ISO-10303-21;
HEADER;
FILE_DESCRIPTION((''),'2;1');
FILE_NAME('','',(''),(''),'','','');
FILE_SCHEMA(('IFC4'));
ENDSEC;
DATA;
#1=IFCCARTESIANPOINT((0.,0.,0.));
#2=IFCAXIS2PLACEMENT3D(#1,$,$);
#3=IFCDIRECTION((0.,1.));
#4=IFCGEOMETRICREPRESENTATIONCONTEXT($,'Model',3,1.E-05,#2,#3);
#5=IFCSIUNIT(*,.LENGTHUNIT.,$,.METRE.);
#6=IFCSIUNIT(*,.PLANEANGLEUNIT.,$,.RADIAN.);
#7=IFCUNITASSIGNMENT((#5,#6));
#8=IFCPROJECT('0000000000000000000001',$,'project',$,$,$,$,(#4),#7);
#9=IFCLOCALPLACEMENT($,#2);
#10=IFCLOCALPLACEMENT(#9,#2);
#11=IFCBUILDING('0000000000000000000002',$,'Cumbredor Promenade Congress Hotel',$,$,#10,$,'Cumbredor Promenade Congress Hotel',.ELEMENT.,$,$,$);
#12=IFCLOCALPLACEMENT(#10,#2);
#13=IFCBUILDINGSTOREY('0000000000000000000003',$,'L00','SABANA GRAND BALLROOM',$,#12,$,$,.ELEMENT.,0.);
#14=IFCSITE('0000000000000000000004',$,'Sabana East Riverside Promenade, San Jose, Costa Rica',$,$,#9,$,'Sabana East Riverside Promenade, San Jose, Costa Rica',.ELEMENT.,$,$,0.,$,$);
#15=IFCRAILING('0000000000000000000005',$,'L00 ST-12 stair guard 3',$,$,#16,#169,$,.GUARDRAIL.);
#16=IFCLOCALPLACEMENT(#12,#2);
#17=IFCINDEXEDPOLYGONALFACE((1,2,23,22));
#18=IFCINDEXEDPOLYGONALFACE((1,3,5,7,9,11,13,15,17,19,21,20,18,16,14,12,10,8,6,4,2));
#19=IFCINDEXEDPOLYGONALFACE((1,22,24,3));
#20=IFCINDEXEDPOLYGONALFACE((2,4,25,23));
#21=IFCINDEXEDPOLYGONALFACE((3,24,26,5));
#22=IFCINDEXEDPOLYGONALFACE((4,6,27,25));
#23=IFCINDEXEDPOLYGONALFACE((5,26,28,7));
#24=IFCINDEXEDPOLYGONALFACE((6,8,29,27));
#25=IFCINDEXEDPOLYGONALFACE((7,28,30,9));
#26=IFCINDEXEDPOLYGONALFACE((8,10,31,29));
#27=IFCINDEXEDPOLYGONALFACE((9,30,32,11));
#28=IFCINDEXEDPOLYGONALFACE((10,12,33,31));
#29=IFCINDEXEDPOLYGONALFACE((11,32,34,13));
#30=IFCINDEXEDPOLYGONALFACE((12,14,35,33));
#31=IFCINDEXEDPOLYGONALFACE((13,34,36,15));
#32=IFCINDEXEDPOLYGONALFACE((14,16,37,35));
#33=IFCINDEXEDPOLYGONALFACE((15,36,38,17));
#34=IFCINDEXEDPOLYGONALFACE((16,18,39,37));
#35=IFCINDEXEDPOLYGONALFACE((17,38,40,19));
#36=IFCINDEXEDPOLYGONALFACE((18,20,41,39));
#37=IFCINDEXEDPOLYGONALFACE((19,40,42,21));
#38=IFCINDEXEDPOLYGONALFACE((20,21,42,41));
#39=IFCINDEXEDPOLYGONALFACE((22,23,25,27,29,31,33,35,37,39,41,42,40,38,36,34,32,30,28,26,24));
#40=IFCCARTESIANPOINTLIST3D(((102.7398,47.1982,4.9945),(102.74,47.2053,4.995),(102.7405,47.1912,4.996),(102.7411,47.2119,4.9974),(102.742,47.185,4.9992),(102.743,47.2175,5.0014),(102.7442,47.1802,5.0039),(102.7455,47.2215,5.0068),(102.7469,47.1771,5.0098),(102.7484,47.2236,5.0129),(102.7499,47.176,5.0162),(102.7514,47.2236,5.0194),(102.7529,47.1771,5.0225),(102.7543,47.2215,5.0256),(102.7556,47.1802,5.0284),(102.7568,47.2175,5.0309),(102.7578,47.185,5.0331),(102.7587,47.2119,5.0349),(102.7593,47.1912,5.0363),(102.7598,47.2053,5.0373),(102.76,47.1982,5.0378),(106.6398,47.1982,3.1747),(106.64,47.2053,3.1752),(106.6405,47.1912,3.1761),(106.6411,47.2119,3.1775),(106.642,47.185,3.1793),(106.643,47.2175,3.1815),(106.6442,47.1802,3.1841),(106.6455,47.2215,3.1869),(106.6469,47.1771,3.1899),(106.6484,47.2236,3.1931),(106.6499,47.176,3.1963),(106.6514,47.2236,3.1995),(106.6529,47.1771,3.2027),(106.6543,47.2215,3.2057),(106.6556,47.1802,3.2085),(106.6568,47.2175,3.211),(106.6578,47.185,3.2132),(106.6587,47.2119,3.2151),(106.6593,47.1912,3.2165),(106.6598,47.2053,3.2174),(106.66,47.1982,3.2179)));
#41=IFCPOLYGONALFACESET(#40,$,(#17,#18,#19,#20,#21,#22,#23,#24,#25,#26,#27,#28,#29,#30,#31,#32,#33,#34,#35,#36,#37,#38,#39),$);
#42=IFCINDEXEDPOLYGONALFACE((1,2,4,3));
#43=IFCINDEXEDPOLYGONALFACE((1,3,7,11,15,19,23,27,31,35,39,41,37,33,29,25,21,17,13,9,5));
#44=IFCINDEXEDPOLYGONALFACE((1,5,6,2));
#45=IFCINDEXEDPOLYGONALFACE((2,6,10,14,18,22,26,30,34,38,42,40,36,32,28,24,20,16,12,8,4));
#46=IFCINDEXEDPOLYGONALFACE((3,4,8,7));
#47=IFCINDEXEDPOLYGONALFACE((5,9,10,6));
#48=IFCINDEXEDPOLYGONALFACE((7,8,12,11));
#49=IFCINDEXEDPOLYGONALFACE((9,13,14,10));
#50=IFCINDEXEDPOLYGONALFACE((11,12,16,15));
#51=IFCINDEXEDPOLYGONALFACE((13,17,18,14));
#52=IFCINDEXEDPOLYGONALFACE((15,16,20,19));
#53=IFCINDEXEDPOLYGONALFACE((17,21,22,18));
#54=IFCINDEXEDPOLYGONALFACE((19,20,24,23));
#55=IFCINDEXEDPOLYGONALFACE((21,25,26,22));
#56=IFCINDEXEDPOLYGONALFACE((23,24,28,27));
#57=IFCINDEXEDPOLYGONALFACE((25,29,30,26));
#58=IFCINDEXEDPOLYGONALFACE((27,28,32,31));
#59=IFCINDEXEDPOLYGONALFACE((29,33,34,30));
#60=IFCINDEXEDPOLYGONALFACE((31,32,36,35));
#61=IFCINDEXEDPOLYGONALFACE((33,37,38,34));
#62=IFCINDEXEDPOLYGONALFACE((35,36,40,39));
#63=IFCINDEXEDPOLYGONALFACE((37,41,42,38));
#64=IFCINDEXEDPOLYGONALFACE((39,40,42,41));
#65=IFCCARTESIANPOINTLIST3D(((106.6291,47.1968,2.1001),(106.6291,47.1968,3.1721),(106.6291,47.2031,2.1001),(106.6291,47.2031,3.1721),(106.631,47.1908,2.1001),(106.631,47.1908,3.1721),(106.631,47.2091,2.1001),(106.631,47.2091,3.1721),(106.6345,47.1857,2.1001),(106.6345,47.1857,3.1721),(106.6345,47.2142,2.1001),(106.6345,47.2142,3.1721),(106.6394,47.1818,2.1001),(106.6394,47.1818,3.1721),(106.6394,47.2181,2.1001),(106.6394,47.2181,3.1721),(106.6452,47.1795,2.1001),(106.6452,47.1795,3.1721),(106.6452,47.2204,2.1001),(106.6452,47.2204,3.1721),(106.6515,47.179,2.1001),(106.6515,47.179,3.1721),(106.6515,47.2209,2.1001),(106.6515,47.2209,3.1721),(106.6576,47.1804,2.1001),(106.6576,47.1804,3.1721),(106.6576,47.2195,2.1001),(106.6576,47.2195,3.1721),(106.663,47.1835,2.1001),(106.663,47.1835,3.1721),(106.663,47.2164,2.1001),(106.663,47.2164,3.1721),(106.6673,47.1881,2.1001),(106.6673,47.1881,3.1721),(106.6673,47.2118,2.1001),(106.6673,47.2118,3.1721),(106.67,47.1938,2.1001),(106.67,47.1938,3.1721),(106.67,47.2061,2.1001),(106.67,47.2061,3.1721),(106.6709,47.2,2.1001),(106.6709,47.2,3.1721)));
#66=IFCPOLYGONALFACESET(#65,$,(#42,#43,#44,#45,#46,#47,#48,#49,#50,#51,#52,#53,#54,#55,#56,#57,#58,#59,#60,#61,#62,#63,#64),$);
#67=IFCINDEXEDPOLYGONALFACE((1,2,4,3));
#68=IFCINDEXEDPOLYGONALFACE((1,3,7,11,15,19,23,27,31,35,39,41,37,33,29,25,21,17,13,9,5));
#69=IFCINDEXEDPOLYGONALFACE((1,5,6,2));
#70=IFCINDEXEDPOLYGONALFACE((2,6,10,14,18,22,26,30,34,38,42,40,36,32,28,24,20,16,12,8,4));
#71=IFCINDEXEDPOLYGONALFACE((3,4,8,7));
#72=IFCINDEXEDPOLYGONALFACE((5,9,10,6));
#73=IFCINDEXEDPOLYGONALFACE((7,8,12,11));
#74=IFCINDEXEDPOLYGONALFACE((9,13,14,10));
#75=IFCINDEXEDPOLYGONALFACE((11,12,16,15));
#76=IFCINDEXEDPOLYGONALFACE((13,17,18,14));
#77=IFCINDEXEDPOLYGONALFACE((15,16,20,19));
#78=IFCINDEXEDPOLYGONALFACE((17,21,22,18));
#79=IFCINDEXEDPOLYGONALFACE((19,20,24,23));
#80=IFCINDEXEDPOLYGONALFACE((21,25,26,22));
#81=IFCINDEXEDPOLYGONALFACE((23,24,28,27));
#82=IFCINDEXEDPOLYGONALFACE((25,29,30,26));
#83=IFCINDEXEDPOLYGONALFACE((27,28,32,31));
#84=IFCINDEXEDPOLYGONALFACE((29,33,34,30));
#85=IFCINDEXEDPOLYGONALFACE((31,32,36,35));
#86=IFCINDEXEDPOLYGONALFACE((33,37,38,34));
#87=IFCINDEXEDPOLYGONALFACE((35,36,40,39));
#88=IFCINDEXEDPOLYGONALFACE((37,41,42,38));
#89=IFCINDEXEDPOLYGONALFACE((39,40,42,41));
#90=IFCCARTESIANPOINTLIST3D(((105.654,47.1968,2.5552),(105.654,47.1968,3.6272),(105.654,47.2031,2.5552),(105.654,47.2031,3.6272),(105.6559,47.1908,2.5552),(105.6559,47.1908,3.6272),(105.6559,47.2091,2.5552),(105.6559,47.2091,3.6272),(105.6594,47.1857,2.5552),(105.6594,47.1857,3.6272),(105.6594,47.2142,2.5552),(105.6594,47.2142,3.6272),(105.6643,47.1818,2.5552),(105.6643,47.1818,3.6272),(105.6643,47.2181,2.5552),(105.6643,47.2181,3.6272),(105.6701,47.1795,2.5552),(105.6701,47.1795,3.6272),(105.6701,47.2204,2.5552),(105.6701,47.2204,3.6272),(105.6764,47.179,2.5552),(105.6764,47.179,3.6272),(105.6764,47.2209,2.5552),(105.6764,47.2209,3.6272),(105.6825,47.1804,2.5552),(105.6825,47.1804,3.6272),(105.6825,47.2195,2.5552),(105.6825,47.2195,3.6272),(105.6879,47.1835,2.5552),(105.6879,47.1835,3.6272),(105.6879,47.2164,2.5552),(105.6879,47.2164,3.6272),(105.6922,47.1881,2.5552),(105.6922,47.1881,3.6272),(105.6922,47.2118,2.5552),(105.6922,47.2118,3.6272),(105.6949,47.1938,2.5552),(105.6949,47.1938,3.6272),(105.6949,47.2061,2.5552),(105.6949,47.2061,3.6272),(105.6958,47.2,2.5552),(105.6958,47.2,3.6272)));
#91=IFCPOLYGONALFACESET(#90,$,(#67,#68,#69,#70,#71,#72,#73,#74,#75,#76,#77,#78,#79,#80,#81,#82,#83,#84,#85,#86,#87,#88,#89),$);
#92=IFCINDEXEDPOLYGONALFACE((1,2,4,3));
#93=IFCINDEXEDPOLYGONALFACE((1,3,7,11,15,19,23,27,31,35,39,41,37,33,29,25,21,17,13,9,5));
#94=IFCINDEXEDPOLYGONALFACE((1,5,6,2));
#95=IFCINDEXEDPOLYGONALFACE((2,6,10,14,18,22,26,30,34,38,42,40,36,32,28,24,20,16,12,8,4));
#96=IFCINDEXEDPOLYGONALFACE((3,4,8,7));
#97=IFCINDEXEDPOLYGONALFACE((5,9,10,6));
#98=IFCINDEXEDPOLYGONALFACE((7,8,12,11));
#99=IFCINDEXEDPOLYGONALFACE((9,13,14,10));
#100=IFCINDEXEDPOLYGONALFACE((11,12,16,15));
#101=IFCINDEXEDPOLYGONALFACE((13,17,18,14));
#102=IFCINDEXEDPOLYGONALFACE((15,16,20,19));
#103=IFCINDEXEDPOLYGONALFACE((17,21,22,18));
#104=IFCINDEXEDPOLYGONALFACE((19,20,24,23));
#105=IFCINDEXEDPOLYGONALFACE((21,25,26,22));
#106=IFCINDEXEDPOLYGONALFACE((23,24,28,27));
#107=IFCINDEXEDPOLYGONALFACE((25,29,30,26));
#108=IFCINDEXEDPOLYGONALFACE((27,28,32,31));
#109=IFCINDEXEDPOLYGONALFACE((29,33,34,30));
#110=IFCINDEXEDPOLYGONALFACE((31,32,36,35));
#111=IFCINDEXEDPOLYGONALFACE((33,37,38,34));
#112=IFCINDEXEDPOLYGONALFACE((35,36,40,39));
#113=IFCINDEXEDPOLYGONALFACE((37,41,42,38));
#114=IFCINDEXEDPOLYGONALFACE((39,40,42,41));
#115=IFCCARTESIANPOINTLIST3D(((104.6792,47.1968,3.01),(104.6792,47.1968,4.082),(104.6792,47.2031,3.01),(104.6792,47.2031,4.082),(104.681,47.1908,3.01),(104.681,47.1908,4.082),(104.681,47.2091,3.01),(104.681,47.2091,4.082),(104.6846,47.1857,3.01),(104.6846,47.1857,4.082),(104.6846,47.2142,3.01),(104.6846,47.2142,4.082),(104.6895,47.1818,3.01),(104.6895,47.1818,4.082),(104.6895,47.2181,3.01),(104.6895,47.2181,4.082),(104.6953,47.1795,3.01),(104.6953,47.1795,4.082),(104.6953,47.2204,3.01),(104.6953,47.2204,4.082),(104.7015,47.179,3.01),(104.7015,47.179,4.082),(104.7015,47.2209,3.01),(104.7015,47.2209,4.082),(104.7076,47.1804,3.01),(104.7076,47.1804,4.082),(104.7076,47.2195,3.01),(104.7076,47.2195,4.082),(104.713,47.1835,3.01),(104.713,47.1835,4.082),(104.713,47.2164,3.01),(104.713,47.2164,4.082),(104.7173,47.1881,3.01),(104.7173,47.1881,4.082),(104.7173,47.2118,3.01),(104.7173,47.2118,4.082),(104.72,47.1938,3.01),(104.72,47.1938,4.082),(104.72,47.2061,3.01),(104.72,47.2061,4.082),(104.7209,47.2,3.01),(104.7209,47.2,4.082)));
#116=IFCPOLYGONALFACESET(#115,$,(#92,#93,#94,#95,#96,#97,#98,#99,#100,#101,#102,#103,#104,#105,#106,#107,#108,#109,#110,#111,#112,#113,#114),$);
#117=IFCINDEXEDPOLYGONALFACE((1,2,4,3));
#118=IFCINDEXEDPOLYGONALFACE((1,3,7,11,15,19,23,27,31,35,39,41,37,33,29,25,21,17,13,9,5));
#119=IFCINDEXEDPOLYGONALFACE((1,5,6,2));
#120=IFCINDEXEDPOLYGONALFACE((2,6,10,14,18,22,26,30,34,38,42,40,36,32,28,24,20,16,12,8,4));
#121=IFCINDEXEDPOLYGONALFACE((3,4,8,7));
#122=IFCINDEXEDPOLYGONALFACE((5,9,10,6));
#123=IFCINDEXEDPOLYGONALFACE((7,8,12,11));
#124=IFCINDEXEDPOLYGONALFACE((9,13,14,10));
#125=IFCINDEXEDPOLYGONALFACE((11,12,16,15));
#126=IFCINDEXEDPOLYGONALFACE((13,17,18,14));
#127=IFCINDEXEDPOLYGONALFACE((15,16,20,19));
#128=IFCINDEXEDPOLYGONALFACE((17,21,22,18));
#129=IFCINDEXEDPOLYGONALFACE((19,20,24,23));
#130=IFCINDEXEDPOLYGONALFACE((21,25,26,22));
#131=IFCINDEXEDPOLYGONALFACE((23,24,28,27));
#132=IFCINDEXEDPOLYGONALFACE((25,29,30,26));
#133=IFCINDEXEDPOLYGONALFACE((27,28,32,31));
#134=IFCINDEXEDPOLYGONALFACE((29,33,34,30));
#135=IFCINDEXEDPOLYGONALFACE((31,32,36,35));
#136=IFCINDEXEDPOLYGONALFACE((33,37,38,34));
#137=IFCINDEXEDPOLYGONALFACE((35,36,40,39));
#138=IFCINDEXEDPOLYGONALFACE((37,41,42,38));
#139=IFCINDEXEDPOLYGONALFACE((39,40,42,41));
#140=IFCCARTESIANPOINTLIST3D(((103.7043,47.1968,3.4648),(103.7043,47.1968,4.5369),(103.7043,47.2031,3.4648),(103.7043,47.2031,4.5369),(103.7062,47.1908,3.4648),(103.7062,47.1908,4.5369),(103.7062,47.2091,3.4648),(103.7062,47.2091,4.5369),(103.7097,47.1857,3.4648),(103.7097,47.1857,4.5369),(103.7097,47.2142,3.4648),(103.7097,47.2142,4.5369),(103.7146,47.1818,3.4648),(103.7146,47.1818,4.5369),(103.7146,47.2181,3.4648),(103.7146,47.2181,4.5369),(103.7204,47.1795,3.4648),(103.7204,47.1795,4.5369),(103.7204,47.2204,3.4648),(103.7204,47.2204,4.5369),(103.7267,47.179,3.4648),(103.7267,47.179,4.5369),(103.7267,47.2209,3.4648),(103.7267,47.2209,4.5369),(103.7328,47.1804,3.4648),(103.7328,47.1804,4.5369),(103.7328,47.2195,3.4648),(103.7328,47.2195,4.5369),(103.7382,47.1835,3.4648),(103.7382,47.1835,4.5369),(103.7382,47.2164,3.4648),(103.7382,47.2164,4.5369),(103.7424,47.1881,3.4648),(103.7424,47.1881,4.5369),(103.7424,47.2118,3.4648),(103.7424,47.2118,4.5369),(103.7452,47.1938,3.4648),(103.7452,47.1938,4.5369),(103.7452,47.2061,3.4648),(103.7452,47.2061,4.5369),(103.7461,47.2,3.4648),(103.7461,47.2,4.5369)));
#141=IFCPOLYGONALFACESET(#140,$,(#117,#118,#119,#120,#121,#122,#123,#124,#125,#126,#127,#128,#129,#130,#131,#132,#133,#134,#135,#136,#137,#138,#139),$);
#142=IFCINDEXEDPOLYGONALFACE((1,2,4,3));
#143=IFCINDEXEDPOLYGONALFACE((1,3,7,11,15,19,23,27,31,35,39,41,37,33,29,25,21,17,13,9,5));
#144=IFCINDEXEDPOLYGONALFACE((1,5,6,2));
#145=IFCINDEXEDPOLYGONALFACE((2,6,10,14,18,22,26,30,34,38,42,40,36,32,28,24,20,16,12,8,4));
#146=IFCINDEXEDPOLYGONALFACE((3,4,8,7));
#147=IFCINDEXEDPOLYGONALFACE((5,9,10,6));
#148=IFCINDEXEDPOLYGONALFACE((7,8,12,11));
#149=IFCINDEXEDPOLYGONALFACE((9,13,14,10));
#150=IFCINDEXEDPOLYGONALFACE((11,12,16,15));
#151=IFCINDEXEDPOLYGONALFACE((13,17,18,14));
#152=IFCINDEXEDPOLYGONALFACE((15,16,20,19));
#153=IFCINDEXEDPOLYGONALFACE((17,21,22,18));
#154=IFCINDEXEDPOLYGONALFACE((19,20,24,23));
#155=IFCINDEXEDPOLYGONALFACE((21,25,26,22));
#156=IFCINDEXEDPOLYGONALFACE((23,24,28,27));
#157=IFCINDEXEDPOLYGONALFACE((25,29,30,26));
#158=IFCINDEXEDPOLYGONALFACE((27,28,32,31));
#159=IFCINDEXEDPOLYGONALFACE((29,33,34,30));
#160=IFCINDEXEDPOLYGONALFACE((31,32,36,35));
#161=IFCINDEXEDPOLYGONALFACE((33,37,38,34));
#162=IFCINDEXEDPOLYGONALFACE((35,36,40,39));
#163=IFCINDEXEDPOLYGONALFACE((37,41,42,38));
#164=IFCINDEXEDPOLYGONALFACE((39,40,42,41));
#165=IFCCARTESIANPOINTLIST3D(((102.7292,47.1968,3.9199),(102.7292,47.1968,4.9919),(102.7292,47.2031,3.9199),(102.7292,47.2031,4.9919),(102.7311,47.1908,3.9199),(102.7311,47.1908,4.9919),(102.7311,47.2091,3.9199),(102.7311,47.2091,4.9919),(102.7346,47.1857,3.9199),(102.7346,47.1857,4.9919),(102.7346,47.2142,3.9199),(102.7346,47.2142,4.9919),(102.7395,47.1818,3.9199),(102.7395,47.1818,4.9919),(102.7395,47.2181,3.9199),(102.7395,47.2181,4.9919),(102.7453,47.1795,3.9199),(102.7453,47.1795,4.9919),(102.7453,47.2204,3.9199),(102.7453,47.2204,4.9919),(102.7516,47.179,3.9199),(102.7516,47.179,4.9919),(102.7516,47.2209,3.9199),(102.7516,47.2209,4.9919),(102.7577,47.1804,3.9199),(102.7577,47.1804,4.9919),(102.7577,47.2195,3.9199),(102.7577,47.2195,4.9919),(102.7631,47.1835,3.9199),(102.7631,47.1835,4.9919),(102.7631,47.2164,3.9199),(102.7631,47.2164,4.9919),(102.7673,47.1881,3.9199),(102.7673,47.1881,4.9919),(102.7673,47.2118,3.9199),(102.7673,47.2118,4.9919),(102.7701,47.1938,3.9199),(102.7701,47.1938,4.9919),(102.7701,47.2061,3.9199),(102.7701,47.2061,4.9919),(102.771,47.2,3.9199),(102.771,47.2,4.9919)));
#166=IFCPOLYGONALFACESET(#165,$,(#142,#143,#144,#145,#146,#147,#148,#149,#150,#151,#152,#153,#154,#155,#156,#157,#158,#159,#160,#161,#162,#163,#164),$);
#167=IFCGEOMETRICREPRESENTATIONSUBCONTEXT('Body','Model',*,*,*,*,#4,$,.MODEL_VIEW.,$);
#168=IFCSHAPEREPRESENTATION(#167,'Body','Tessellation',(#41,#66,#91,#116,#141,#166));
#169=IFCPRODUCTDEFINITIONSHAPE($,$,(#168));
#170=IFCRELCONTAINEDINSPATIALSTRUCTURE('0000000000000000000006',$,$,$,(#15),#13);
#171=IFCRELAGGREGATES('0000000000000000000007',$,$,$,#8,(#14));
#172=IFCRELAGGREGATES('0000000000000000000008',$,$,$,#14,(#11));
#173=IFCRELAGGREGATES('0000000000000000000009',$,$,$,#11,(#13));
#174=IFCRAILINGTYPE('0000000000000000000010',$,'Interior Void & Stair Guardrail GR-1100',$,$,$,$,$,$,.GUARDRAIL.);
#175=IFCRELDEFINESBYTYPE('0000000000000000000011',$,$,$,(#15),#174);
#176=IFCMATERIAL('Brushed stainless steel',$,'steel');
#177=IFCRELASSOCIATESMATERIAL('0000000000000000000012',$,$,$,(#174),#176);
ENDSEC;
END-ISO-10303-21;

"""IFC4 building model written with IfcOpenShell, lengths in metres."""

from ifc_helpers import new_model, si_unit, direction, frame, origin, origin_2d, place, context, subcontext, project, spatial, circle, extrude, material, type_object, element, save


model = new_model("IFC4")

# Units and contexts
model_context = context("Model", 3, precision=1e-05, world=origin(), true_north=direction((0.0, 1.0)))
body_context = subcontext(model_context, "Body", "Model", "MODEL_VIEW")
ifc_project = project(units=[si_unit("LENGTHUNIT", "METRE"), si_unit("PLANEANGLEUNIT", "RADIAN")], contexts=[model_context])

# Site, building, storey
site_placement = place(None, origin())
site = spatial("IfcSite", under=ifc_project, at=site_placement, Name="Sabana East Riverside Promenade, San Jose, Costa Rica", LongName="Sabana East Riverside Promenade, San Jose, Costa Rica", CompositionType="ELEMENT", RefElevation=0.0)
building_placement = place(site_placement, origin())
building = spatial("IfcBuilding", under=site, at=building_placement, Name="Cumbredor Promenade Congress Hotel", LongName="Cumbredor Promenade Congress Hotel", CompositionType="ELEMENT")
storey_placement = place(building_placement, origin())
storey = spatial("IfcBuildingStorey", under=building, at=storey_placement, Name="L00", Description="SABANA GRAND BALLROOM", CompositionType="ELEMENT", Elevation=0.0)

# Railing
ifc_material_1 = material(Name="Brushed stainless steel", Category="steel")
railing_type_1 = type_object("IfcRailingType", Name="Interior Void & Stair Guardrail GR-1100", PredefinedType="GUARDRAIL", material=ifc_material_1)
railing_1_placement = place(storey_placement, frame((106.6499, 47.2, 2.1001)))
element("IfcRailing", 1, at=railing_1_placement, inside=storey, type_object=railing_type_1, Name="L00 ST-12 stair guard 3", PredefinedType="GUARDRAIL", context=body_context, shape_type="SweptSolid", body=[
    extrude(circle(Radius=0.0239, at=origin_2d()), frame((0.0, 0.0, 1.0962), z_axis=(-0.906195, 0.0, 0.422861), x_axis=(0.0, -1.0, 0.0)), (0.0, 0.0, 1.0), 4.3037),
    extrude(circle(Radius=0.021, at=origin_2d()), origin(), (0.0, 0.0, 1.0), 1.072),
    extrude(circle(Radius=0.021, at=origin_2d()), frame((-0.9751, 0.0, 0.4551)), (0.0, 0.0, 1.0), 1.072),
    extrude(circle(Radius=0.021, at=origin_2d()), frame((-1.95, 0.0, 0.9099)), (0.0, 0.0, 1.0), 1.072),
    extrude(circle(Radius=0.021, at=origin_2d()), frame((-2.9248, 0.0, 1.3647)), (0.0, 0.0, 1.0), 1.072),
    extrude(circle(Radius=0.021, at=origin_2d()), frame((-3.8999, 0.0, 1.8198)), (0.0, 0.0, 1.0), 1.072),
])

save(model, "model.ifc")
